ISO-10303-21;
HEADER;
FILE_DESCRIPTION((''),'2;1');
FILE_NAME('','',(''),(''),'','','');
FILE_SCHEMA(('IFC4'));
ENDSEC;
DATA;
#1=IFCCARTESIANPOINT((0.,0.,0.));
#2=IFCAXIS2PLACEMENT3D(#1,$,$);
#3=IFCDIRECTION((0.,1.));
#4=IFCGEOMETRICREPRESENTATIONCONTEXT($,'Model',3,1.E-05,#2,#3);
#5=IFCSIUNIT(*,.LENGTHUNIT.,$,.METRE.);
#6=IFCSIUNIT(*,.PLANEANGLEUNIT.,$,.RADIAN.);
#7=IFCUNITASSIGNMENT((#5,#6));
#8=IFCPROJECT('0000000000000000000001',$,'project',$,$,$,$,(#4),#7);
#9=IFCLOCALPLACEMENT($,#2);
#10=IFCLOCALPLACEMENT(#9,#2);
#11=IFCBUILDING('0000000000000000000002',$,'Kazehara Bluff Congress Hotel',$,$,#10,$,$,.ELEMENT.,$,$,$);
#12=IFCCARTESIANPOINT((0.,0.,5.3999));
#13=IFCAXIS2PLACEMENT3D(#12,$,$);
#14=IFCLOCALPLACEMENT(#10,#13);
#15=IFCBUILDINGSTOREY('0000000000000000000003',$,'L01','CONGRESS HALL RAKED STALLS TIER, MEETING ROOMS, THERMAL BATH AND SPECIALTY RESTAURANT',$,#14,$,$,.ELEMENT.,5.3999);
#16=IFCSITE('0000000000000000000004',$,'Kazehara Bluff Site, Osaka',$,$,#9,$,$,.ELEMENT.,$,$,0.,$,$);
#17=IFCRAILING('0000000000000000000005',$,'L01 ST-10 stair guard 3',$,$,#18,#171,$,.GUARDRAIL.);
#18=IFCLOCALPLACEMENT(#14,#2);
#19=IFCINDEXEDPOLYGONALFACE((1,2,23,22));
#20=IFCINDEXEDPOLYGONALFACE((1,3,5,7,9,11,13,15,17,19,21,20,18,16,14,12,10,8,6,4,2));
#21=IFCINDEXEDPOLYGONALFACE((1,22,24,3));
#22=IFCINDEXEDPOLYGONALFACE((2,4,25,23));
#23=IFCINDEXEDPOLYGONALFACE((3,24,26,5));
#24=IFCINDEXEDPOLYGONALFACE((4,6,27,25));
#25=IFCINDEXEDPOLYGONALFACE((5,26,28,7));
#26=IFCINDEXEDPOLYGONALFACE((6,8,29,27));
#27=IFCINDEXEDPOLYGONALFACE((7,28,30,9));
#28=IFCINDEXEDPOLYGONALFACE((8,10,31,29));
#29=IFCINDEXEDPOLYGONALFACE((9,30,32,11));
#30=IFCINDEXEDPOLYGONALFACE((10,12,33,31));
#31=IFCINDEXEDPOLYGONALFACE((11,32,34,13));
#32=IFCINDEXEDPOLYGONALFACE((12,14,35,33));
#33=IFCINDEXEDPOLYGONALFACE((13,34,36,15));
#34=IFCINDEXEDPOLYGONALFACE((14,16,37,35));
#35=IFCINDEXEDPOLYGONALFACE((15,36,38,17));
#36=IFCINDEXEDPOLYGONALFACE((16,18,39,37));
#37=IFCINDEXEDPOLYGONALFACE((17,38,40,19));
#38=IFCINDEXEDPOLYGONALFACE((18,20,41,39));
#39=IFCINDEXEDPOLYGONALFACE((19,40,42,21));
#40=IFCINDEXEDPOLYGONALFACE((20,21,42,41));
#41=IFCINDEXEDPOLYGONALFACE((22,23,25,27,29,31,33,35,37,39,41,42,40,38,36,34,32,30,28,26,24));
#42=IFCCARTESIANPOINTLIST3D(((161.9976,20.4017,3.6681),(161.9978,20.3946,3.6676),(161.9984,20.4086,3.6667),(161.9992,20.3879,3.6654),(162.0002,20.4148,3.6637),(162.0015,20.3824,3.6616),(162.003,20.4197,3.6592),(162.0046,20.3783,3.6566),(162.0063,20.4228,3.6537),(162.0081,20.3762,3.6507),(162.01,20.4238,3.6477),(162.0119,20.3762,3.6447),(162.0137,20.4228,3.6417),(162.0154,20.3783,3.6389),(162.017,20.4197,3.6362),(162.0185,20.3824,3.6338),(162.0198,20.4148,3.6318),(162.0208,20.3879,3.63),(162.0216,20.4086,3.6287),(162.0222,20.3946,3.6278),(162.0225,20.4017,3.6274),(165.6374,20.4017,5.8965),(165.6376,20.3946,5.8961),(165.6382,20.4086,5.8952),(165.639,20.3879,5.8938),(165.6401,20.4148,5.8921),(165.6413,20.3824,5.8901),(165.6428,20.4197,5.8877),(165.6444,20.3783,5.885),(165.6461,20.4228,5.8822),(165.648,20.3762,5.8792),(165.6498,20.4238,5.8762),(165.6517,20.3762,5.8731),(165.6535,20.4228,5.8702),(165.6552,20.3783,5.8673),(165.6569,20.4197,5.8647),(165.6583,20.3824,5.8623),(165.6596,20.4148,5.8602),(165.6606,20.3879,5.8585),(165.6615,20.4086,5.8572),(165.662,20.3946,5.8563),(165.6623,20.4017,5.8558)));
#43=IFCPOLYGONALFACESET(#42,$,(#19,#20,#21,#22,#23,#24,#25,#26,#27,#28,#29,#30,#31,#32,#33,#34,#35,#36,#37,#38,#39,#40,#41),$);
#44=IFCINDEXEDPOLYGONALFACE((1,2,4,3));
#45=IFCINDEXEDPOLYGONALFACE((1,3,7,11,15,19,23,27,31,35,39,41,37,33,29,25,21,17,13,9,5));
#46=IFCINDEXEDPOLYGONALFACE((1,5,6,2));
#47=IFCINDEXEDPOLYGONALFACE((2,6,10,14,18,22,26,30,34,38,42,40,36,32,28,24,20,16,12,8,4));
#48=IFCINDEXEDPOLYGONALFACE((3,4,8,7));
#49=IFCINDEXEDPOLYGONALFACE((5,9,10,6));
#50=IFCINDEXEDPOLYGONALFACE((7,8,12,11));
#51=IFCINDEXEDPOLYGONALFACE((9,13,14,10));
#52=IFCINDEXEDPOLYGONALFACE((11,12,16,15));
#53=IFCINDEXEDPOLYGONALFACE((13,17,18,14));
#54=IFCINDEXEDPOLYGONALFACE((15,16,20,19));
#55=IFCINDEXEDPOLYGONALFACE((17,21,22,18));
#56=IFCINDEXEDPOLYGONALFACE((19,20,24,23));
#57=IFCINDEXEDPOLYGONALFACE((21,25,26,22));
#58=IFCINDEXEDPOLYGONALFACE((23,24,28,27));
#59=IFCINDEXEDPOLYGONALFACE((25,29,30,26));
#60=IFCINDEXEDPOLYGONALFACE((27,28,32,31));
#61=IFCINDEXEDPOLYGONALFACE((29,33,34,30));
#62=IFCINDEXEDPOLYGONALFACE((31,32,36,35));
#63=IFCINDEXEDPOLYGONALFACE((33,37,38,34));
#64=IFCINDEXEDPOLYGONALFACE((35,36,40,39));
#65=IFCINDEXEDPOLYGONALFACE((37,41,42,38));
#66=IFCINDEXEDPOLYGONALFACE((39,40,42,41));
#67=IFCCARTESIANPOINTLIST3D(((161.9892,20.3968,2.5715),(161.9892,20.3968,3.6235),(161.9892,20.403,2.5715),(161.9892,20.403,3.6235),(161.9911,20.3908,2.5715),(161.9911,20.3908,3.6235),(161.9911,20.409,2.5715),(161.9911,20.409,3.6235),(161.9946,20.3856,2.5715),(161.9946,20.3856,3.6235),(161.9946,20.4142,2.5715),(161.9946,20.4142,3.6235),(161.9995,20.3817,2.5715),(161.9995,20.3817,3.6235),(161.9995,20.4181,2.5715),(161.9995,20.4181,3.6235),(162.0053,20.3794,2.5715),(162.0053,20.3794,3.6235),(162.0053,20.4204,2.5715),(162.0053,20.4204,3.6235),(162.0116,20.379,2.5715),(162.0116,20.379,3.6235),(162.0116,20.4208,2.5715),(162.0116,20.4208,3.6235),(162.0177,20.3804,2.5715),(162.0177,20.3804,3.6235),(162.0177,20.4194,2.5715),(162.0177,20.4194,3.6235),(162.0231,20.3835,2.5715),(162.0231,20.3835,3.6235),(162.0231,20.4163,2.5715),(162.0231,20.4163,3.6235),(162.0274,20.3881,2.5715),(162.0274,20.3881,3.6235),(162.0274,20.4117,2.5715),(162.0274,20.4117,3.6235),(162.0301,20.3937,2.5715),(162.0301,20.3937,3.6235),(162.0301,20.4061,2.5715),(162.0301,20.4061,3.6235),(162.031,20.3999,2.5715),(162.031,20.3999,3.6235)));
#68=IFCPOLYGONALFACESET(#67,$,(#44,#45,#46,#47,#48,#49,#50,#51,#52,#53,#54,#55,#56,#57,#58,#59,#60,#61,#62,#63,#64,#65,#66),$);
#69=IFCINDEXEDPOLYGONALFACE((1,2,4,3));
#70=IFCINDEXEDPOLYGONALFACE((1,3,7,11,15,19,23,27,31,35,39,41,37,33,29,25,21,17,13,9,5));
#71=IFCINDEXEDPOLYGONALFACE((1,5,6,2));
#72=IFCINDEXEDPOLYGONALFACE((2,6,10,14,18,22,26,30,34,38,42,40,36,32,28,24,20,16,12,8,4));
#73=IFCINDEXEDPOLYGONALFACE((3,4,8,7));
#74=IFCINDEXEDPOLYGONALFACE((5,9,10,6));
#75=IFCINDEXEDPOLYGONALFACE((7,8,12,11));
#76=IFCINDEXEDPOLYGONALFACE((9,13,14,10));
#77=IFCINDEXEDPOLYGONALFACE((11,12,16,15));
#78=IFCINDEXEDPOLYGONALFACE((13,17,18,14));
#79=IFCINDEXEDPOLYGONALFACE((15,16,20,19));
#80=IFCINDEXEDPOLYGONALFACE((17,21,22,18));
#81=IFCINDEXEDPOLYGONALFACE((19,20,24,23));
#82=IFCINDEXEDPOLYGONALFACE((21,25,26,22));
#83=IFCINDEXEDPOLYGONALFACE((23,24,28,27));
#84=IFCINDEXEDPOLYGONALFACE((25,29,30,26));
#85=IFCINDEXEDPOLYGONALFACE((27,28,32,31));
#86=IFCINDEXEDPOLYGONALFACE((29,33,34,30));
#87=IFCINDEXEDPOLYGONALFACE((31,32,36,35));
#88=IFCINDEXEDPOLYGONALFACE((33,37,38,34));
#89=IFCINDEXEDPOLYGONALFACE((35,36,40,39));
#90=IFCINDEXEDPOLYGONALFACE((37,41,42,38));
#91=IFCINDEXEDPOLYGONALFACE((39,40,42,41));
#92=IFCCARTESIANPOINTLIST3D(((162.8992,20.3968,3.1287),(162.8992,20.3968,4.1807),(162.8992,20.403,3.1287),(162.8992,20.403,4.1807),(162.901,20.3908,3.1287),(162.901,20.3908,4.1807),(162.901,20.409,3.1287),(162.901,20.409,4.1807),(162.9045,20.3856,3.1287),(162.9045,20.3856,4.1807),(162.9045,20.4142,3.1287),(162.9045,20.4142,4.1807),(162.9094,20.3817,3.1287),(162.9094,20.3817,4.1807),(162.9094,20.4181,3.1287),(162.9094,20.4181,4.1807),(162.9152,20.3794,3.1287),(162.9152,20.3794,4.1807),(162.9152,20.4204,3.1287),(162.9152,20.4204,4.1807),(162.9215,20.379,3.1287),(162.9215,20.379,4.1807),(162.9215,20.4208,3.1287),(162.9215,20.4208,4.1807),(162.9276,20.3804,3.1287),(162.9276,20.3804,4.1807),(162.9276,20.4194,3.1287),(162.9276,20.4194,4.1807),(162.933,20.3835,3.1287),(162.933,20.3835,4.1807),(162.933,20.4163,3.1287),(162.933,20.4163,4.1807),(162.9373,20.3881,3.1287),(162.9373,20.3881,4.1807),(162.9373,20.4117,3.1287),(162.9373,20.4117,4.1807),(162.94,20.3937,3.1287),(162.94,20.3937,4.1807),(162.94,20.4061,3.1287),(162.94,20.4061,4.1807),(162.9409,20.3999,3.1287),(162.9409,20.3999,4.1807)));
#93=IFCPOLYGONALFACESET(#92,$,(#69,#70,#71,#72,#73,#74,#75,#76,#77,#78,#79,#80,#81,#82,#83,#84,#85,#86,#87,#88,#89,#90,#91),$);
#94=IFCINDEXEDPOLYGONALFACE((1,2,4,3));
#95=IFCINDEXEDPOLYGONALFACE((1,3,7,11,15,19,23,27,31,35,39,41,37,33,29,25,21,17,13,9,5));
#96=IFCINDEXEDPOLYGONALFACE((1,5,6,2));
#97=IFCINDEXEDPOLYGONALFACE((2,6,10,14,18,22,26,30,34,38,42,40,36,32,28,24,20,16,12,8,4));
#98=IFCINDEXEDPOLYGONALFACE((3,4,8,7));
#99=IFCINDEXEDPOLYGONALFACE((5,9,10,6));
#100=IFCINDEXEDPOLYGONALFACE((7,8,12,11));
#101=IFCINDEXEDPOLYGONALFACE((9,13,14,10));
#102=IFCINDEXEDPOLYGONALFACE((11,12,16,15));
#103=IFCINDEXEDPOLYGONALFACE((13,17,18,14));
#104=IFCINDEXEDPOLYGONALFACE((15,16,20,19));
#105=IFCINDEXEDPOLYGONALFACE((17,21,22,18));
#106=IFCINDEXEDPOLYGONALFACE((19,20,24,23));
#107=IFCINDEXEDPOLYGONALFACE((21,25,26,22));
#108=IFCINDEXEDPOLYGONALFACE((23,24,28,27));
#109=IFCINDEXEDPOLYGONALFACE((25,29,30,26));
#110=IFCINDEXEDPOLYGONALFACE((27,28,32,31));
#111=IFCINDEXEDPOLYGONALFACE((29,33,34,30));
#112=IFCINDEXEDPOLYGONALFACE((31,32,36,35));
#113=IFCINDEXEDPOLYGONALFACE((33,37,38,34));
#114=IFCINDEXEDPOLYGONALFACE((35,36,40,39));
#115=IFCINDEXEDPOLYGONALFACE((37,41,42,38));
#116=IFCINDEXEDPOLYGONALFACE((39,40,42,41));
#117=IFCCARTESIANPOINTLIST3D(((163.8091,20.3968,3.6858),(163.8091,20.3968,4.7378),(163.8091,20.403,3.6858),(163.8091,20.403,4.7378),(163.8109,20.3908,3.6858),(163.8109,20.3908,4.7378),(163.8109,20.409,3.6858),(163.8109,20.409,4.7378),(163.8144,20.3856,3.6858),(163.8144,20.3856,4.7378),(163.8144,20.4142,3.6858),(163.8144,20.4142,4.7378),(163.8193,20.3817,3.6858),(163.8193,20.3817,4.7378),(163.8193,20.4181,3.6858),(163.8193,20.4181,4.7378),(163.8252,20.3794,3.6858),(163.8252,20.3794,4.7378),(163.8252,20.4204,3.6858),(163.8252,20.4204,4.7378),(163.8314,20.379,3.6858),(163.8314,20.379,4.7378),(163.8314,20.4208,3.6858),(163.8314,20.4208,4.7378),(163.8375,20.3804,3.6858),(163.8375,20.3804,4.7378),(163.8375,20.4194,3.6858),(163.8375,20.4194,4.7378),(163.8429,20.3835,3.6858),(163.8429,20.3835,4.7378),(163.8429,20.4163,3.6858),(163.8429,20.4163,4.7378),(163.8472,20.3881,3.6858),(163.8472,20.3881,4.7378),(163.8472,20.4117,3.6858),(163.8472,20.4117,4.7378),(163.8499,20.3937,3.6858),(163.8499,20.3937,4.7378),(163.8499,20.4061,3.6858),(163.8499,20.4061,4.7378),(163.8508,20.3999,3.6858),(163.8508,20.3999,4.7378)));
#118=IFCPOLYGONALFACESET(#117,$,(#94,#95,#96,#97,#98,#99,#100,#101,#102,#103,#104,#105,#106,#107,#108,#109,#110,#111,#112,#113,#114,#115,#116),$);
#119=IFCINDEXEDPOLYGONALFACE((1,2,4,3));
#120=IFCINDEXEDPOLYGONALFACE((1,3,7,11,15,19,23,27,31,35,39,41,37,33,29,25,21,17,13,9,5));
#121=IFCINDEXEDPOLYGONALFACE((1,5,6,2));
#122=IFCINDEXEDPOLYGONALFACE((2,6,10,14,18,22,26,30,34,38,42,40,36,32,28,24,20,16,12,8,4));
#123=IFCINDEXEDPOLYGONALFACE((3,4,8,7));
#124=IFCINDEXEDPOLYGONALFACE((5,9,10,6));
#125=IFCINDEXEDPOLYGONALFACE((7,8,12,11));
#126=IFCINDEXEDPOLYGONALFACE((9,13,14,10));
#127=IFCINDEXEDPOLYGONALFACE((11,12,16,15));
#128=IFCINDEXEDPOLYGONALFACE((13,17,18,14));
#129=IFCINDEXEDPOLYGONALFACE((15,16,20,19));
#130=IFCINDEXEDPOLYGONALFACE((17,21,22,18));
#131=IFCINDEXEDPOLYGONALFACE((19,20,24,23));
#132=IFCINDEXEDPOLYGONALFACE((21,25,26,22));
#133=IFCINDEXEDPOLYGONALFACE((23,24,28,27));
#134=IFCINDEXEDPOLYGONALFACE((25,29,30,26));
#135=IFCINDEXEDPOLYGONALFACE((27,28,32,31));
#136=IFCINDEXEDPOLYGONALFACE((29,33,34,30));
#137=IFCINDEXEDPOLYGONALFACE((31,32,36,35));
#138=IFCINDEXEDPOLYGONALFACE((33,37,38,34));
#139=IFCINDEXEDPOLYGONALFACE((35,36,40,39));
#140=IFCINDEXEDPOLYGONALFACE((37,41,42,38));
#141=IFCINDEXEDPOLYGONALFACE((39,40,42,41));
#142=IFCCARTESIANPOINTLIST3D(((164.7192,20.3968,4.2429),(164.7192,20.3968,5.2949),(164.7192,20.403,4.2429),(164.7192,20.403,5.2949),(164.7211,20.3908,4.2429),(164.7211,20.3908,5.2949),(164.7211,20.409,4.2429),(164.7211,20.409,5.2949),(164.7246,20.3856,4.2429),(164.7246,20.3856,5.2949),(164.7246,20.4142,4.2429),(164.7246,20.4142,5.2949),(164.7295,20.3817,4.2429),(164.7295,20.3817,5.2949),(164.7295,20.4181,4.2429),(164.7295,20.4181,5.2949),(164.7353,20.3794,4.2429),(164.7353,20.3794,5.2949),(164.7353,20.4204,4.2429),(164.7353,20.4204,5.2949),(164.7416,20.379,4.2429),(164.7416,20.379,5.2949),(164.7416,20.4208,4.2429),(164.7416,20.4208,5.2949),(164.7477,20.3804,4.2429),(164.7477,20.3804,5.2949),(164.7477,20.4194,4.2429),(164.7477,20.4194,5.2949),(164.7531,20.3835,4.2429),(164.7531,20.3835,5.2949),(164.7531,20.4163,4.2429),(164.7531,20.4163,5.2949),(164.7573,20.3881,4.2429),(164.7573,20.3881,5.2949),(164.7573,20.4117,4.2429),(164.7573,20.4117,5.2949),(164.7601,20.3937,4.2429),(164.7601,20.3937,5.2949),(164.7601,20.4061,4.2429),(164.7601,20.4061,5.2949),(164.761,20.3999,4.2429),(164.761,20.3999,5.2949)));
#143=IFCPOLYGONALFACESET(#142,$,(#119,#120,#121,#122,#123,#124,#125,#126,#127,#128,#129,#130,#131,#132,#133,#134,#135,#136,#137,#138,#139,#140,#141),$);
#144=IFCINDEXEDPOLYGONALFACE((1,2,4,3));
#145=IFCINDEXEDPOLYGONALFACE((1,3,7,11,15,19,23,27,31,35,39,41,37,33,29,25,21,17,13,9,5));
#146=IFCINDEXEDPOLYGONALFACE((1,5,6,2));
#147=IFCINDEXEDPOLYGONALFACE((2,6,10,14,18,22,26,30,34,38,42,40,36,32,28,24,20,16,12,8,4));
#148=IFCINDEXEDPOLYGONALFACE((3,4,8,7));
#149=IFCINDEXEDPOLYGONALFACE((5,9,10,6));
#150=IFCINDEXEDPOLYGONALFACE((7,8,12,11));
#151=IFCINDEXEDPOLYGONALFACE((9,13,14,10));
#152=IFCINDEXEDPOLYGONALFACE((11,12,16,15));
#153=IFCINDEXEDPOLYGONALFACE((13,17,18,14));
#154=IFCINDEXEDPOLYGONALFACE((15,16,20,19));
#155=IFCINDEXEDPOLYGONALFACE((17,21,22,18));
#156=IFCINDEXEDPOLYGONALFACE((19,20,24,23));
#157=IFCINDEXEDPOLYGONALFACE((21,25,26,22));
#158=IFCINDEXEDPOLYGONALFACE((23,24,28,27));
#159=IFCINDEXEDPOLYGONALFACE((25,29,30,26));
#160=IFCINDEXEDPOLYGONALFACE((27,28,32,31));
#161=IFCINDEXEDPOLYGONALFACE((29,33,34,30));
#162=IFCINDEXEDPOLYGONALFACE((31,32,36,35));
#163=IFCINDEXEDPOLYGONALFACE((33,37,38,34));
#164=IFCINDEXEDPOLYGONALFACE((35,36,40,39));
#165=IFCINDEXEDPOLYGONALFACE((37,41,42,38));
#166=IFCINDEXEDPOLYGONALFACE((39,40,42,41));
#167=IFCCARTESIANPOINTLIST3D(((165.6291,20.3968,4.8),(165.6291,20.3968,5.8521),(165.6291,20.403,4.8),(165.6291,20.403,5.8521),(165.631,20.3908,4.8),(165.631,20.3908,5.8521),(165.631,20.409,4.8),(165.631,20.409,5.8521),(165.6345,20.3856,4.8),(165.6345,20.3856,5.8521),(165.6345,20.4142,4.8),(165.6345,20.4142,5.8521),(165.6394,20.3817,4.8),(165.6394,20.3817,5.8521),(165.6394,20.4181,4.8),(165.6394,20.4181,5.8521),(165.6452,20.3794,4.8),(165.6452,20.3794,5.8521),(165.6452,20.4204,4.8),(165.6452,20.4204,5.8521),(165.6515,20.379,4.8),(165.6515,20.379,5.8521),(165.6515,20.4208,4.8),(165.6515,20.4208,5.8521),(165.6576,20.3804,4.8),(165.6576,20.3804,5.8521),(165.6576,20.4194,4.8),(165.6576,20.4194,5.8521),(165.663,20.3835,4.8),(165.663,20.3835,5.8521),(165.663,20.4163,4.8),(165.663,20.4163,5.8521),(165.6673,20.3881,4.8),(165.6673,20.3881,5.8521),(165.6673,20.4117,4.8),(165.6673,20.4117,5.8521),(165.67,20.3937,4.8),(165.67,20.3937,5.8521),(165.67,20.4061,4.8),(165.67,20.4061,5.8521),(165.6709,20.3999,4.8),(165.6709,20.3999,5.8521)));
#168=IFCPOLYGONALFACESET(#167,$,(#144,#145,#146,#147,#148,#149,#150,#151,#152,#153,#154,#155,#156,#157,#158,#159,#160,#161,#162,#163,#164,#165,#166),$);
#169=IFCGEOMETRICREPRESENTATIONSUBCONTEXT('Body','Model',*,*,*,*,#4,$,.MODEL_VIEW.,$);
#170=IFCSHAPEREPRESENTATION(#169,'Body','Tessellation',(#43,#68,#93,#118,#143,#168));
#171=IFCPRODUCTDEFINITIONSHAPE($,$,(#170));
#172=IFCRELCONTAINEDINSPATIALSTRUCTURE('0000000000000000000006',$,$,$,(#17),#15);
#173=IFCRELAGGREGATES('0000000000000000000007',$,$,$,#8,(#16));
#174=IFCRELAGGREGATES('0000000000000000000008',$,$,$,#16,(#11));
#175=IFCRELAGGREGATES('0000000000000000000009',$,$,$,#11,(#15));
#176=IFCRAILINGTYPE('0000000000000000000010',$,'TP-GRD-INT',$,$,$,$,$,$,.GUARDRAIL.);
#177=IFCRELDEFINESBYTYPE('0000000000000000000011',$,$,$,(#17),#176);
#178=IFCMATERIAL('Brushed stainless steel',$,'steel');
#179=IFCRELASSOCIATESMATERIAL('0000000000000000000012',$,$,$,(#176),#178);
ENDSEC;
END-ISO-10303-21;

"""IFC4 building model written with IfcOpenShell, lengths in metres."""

from ifc_helpers import new_model, si_unit, direction, frame, origin, origin_2d, place, context, subcontext, project, spatial, circle, extrude, material, type_object, element, save


model = new_model("IFC4")

# Units and contexts
model_context = context("Model", 3, precision=1e-05, world=origin(), true_north=direction((0.0, 1.0)))
body_context = subcontext(model_context, "Body", "Model", "MODEL_VIEW")
ifc_project = project(units=[si_unit("LENGTHUNIT", "METRE"), si_unit("PLANEANGLEUNIT", "RADIAN")], contexts=[model_context])

# Site, building, storey
site_placement = place(None, origin())
site = spatial("IfcSite", under=ifc_project, at=site_placement, Name="Kazehara Bluff Site, Osaka", CompositionType="ELEMENT", RefElevation=0.0)
building_placement = place(site_placement, origin())
building = spatial("IfcBuilding", under=site, at=building_placement, Name="Kazehara Bluff Congress Hotel", CompositionType="ELEMENT")
storey_placement = place(building_placement, frame((0.0, 0.0, 5.3999)))
storey = spatial("IfcBuildingStorey", under=building, at=storey_placement, Name="L01", Description="CONGRESS HALL RAKED STALLS TIER, MEETING ROOMS, THERMAL BATH AND SPECIALTY RESTAURANT", CompositionType="ELEMENT", Elevation=5.3999)

# Railing
ifc_material_1 = material(Name="Brushed stainless steel", Category="steel")
railing_type_1 = type_object("IfcRailingType", Name="TP-GRD-INT", PredefinedType="GUARDRAIL", material=ifc_material_1)
railing_1_placement = place(storey_placement, frame((162.01, 20.3999, 2.5715)))
element("IfcRailing", 1, at=railing_1_placement, inside=storey, type_object=railing_type_1, Name="L01 ST-10 stair guard 3", PredefinedType="GUARDRAIL", context=body_context, shape_type="SweptSolid", body=[
    extrude(circle(Radius=0.0239, at=origin_2d()), frame((0.0, 0.0, 1.0762), z_axis=(0.85285, 0.0, 0.522156), x_axis=(0.0, 1.0, 0.0)), (0.0, 0.0, 1.0), 4.2678),
    extrude(circle(Radius=0.021, at=origin_2d()), origin(), (0.0, 0.0, 1.0), 1.052),
    extrude(circle(Radius=0.021, at=origin_2d()), frame((0.9099, 0.0, 0.5571)), (0.0, 0.0, 1.0), 1.052),
    extrude(circle(Radius=0.021, at=origin_2d()), frame((1.8198, 0.0, 1.1143)), (0.0, 0.0, 1.0), 1.052),
    extrude(circle(Radius=0.021, at=origin_2d()), frame((2.73, 0.0, 1.6714)), (0.0, 0.0, 1.0), 1.052),
    extrude(circle(Radius=0.021, at=origin_2d()), frame((3.6399, 0.0, 2.2285)), (0.0, 0.0, 1.0), 1.052),
])

save(model, "model.ifc")
